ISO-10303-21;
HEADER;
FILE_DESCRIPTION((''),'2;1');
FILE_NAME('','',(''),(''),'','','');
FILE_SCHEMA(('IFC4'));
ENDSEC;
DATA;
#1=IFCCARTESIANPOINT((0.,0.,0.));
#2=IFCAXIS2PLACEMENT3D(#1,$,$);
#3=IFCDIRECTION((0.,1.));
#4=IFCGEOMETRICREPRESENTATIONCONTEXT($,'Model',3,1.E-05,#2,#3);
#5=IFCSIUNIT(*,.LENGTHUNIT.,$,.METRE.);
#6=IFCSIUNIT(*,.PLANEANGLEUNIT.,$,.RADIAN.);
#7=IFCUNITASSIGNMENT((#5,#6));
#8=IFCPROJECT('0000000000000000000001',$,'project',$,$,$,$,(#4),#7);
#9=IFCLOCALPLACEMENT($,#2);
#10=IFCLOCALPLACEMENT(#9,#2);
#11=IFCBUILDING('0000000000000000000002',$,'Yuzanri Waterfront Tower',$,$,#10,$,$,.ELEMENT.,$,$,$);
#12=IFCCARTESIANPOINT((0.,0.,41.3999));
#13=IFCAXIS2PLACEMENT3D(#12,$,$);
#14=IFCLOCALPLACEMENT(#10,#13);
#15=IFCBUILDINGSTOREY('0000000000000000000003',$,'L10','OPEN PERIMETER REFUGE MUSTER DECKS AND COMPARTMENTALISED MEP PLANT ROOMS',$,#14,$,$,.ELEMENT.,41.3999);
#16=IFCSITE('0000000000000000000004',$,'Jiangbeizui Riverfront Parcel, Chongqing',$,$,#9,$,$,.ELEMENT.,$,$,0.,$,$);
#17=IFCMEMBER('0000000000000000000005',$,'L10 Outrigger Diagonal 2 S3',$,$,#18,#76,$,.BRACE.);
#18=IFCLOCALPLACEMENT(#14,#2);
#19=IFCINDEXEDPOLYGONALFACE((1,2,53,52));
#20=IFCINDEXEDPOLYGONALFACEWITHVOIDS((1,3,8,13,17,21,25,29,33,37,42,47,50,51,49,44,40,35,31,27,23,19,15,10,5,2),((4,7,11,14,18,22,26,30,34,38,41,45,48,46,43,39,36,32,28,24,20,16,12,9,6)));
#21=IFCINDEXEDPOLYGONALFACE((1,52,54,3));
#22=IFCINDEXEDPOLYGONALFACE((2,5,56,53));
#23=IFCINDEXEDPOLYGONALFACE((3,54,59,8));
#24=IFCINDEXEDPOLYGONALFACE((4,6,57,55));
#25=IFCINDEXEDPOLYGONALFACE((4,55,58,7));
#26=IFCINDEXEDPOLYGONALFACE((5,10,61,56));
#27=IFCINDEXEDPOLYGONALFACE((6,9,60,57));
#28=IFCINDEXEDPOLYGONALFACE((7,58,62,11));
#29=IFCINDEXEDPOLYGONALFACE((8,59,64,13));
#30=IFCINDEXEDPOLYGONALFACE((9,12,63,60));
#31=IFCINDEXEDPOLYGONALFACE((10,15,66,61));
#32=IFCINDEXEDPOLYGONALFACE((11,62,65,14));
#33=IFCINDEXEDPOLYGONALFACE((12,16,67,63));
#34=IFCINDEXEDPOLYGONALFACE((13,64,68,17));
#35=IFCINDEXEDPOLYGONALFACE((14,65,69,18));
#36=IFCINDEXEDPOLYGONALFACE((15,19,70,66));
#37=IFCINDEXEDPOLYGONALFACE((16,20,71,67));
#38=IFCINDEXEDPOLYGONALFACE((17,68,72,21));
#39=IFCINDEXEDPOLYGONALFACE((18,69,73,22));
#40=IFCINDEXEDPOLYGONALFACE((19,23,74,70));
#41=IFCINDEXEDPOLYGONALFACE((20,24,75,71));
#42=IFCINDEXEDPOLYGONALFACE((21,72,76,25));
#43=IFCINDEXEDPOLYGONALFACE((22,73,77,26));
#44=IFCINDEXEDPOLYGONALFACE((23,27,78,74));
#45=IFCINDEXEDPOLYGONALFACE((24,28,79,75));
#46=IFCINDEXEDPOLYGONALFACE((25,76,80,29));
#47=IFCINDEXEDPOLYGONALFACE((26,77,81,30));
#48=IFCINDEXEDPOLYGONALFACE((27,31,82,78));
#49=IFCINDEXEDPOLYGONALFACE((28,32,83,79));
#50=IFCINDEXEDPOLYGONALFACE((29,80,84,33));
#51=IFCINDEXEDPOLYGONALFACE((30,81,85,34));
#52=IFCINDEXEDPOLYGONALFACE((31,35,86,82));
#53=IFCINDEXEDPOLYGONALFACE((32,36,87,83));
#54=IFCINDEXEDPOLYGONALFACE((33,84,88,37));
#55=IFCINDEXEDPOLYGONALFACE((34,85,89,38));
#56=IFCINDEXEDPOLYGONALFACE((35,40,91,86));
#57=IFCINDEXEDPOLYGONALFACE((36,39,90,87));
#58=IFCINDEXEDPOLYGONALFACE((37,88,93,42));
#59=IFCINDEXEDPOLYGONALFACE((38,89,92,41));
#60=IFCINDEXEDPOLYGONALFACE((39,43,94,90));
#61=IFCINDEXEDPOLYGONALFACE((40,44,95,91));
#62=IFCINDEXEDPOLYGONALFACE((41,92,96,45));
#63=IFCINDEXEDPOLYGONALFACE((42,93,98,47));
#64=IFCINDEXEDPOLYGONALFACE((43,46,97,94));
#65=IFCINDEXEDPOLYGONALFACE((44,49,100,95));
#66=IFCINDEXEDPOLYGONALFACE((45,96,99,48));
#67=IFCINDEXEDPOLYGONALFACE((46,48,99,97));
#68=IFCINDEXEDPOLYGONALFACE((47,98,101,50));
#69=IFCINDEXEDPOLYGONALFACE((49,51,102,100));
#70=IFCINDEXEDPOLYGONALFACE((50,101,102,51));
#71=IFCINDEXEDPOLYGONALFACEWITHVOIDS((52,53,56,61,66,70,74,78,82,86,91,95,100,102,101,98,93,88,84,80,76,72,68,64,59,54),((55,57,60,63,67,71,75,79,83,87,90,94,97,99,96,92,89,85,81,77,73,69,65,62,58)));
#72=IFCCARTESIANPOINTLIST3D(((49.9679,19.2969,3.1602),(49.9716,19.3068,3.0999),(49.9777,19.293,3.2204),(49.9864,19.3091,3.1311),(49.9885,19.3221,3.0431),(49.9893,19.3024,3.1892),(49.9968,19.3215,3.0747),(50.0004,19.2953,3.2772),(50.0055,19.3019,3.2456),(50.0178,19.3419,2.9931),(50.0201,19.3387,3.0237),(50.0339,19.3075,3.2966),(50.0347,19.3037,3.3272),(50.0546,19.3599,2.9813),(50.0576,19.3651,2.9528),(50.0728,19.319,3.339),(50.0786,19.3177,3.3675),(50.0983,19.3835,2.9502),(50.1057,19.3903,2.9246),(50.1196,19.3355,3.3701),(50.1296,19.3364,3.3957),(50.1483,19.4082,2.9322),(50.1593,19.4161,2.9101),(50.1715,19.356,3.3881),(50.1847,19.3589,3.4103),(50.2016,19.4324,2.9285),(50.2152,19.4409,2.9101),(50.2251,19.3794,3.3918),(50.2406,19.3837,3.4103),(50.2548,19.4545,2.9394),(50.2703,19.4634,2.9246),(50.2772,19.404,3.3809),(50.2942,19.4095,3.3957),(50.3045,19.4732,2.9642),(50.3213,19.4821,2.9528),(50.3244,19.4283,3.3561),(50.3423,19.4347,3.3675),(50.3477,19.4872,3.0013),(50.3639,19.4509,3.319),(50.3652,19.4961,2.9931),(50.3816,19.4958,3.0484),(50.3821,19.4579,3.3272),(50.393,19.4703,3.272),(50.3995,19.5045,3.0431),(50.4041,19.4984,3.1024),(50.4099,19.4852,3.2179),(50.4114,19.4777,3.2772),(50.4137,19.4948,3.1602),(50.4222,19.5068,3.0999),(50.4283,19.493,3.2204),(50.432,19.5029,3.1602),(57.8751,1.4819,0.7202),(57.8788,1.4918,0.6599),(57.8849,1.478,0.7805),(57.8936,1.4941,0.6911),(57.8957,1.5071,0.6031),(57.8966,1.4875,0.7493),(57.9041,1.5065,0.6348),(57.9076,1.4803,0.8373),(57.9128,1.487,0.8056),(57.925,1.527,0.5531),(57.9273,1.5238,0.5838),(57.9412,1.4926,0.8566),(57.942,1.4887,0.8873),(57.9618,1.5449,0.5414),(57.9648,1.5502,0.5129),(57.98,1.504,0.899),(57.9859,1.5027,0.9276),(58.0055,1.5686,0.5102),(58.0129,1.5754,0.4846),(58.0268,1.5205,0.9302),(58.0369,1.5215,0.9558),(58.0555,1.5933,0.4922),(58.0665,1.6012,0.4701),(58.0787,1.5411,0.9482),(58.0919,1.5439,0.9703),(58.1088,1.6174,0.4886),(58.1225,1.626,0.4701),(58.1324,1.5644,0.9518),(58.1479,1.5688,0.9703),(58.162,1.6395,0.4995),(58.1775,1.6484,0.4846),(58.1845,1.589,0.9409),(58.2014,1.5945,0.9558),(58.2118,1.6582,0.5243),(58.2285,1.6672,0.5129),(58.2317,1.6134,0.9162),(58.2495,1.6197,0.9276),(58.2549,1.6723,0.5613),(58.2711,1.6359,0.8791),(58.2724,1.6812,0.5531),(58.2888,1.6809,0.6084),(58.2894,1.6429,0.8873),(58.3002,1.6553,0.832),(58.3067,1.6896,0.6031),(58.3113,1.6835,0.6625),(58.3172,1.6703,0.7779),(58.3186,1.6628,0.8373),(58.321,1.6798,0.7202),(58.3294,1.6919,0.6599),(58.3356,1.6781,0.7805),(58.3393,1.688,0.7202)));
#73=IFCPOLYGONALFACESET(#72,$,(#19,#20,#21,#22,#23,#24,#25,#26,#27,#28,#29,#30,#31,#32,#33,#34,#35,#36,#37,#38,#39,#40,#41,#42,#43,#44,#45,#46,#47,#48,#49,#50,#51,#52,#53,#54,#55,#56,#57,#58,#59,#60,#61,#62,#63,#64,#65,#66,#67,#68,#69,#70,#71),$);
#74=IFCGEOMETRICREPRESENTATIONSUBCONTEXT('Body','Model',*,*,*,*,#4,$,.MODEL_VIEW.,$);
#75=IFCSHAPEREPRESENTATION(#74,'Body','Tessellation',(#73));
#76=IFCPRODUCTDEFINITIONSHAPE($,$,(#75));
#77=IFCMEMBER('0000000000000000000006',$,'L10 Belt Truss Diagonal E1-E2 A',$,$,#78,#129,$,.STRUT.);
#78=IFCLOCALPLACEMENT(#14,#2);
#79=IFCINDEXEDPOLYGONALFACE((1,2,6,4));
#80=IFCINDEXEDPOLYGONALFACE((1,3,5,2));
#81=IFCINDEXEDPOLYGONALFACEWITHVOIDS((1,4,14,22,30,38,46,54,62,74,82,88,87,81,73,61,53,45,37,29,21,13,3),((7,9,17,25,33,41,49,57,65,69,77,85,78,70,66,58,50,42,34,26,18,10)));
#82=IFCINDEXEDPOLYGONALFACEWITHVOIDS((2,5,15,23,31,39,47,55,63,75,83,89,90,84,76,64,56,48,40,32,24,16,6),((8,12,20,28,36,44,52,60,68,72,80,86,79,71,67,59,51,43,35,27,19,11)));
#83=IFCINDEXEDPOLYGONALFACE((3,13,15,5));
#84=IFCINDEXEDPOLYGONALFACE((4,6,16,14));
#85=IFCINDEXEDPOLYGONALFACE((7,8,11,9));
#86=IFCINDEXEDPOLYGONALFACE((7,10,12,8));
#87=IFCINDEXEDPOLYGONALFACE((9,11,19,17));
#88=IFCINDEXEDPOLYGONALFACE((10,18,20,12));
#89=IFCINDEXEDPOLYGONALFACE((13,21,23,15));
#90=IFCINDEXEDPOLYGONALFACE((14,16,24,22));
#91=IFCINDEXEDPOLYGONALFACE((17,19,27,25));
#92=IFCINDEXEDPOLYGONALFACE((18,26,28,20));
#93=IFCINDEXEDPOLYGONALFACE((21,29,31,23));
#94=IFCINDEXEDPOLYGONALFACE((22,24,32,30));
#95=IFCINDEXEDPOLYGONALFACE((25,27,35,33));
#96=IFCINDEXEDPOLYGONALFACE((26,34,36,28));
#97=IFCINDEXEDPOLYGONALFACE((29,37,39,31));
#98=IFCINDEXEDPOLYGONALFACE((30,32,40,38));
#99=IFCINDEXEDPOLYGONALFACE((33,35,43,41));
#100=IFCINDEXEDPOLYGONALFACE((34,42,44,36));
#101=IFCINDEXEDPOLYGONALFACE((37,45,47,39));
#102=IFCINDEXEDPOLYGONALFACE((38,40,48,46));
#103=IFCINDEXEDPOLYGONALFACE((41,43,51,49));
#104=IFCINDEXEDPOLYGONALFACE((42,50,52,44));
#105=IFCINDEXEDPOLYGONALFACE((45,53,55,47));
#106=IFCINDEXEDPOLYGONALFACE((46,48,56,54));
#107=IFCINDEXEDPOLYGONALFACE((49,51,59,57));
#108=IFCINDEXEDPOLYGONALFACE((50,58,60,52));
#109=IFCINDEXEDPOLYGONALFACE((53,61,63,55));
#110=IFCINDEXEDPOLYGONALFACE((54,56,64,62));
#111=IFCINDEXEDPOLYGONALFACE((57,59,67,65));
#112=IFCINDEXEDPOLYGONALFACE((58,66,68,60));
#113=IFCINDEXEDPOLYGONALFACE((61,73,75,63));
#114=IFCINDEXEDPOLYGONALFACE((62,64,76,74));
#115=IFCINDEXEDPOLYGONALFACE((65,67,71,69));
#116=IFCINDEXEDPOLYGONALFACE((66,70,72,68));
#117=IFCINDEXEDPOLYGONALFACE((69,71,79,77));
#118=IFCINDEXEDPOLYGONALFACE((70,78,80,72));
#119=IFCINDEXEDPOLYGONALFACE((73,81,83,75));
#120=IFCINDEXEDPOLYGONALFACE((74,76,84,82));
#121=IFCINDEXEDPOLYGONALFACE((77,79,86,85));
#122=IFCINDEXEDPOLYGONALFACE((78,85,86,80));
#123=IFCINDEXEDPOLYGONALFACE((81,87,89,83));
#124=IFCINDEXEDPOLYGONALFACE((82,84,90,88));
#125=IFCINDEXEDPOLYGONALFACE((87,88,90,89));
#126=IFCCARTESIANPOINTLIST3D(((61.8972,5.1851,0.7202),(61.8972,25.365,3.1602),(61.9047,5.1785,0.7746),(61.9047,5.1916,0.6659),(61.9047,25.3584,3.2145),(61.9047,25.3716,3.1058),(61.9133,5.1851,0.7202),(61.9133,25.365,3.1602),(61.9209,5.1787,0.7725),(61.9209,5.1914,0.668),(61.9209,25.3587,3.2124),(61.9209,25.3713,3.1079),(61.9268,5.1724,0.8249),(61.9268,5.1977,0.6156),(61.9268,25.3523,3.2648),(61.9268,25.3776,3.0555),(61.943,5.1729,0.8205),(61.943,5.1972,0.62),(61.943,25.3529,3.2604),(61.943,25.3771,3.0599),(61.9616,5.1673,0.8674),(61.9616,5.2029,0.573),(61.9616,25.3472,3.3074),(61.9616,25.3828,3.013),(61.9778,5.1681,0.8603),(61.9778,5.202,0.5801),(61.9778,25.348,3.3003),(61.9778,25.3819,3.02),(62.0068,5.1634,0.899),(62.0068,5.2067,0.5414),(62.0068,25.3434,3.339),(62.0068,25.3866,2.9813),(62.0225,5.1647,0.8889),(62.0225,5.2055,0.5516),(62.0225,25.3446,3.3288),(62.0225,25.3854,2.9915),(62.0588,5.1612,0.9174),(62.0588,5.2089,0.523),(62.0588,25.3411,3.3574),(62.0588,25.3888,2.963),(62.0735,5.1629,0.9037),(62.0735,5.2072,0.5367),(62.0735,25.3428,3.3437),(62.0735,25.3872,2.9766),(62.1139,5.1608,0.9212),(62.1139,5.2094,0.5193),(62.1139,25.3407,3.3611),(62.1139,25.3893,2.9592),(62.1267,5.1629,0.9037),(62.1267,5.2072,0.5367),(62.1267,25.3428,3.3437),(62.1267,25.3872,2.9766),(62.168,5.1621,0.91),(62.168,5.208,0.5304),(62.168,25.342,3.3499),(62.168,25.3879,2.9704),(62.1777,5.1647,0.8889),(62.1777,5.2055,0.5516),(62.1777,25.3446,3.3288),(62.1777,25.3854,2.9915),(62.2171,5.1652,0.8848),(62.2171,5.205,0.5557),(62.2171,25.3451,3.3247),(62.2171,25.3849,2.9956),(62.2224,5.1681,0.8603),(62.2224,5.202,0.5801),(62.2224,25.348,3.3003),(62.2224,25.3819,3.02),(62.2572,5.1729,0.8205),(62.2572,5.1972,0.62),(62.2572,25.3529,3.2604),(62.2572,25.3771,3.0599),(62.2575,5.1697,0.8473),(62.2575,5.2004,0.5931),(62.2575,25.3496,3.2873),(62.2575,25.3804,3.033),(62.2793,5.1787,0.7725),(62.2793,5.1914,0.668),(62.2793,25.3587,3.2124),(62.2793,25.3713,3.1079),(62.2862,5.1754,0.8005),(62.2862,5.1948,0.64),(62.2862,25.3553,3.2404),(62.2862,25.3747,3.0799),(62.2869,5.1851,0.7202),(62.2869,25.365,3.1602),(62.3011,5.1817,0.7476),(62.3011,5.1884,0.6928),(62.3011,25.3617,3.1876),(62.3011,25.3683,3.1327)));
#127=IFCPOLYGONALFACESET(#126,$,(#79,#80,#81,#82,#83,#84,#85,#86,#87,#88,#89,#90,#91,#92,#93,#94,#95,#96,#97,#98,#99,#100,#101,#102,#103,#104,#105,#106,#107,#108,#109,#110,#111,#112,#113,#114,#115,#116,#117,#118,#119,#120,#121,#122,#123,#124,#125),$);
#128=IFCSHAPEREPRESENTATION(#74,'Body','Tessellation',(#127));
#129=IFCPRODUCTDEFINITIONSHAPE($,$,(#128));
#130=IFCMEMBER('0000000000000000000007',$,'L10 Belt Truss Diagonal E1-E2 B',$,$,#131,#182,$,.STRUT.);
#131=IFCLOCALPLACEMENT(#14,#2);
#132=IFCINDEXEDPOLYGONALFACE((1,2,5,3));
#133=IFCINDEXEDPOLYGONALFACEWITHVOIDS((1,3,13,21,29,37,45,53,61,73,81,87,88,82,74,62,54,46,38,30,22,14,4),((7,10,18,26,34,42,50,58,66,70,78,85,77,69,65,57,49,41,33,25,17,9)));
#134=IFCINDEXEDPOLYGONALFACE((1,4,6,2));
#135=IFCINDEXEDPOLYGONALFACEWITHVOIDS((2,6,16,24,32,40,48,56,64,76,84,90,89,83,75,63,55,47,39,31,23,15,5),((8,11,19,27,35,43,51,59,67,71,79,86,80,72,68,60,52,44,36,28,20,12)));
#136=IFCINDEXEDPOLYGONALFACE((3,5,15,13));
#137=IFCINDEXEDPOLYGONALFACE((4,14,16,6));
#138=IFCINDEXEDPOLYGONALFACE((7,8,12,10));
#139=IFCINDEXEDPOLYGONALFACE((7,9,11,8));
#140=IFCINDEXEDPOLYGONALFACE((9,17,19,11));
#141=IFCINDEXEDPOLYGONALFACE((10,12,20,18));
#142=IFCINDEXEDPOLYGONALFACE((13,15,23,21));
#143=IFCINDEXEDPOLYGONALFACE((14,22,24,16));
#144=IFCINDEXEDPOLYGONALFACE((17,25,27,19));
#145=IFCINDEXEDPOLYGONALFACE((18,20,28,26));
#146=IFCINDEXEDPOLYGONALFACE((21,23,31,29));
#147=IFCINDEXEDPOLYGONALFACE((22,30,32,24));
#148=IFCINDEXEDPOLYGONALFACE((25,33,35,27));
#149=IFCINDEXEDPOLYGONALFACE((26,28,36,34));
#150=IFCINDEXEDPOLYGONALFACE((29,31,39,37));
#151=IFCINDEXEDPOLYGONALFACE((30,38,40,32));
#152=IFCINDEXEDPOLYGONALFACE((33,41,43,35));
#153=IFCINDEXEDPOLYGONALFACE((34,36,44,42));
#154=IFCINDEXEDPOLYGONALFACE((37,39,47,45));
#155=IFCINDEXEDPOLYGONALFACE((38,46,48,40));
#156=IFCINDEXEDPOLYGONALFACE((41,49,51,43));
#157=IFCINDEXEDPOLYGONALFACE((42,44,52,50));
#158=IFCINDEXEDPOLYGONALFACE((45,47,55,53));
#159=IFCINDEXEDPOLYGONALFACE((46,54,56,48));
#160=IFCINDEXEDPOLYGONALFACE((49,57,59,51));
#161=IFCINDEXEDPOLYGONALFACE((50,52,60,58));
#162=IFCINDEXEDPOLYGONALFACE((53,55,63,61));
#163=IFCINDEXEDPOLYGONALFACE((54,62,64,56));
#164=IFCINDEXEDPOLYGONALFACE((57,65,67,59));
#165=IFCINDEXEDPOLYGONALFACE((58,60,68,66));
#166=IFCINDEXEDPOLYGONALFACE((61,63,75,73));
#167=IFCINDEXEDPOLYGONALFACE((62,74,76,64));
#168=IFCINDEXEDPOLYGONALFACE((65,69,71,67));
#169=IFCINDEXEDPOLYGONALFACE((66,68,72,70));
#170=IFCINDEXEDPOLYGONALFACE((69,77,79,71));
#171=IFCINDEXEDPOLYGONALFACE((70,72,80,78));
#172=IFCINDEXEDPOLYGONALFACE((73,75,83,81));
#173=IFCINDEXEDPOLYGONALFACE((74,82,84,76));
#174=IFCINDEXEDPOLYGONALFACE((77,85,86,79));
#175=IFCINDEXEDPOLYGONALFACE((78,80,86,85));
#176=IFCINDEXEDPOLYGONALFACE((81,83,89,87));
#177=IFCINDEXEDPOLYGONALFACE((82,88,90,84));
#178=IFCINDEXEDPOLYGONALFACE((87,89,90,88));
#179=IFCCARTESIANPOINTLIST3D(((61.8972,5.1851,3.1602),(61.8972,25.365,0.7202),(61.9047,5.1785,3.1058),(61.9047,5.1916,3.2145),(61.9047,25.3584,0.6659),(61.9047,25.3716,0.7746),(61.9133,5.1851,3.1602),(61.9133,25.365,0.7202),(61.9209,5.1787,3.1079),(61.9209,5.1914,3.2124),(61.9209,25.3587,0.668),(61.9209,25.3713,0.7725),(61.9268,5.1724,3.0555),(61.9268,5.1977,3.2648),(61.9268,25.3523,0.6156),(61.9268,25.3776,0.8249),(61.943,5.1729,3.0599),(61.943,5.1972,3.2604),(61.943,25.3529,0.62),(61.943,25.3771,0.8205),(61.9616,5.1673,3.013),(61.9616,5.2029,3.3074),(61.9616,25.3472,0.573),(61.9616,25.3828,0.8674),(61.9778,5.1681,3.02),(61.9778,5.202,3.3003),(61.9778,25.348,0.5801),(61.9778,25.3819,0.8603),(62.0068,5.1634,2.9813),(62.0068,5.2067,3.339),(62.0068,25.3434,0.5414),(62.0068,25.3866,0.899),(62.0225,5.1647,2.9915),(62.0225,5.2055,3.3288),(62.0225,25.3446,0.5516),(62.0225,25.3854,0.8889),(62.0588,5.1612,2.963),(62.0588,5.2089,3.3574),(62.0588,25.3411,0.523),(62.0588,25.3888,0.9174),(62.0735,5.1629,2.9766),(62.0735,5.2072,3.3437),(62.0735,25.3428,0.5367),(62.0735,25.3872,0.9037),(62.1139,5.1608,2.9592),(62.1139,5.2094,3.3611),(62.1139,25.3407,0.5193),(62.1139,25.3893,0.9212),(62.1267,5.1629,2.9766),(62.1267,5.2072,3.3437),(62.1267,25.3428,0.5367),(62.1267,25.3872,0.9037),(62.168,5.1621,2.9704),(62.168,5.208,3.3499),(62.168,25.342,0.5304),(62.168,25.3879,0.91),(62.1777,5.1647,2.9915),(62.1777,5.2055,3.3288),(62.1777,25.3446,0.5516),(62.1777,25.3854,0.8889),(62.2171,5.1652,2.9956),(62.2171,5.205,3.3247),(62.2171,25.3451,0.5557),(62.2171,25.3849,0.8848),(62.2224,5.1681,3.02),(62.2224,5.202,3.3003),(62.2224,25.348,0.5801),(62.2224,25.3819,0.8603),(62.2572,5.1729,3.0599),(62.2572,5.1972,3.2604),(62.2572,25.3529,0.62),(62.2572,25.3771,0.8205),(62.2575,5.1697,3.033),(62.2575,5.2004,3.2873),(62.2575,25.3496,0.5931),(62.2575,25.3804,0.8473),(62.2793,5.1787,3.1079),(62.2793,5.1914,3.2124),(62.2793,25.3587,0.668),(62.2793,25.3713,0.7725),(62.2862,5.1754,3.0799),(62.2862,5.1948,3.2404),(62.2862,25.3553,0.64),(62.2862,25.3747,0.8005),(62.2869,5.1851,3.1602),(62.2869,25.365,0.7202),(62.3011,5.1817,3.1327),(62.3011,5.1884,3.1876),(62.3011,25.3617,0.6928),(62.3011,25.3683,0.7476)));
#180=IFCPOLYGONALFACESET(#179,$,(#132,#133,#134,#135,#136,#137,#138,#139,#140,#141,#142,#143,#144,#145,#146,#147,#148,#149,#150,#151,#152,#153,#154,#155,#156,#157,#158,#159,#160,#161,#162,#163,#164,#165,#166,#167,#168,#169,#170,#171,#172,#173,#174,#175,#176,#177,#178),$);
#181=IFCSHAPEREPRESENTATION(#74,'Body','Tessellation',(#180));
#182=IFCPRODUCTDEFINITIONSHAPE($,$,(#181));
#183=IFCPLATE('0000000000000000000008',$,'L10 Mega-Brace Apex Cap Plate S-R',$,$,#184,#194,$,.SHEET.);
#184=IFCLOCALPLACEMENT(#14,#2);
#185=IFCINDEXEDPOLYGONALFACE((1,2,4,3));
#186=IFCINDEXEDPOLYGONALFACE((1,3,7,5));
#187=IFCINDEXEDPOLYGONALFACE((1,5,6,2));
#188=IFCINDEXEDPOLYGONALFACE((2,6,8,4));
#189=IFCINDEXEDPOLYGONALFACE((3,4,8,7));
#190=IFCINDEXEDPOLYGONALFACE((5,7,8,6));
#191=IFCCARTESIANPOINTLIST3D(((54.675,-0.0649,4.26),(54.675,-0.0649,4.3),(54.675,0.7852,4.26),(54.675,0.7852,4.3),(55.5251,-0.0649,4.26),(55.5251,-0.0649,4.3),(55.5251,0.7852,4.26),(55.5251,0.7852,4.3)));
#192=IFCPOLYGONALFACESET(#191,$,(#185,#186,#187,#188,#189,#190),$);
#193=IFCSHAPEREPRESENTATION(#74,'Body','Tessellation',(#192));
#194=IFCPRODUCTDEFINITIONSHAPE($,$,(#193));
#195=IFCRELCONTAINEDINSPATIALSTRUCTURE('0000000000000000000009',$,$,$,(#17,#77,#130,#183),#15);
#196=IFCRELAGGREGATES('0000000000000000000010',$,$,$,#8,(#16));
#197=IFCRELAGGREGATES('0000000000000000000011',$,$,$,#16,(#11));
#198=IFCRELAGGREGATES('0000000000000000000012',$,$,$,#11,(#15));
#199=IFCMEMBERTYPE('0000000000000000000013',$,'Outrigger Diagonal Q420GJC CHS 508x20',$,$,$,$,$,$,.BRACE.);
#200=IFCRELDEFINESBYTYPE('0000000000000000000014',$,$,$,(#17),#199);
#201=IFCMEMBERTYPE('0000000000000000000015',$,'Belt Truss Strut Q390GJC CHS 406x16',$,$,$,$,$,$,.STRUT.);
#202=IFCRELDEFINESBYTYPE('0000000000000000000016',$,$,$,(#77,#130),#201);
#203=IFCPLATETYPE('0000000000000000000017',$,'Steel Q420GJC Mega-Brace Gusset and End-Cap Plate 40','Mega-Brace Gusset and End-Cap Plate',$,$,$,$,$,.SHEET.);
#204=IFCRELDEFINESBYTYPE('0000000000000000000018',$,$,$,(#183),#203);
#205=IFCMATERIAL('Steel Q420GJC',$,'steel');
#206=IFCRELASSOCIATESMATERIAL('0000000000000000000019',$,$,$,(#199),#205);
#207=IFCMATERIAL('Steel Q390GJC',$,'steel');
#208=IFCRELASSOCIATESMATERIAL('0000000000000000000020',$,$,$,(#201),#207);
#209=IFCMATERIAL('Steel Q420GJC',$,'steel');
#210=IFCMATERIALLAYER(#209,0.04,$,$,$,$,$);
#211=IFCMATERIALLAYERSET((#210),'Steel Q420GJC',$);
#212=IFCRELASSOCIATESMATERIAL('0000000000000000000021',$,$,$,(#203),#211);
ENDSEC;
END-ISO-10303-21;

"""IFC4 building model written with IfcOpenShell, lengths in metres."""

from ifc_helpers import new_model, si_unit, direction, frame, origin, origin_2d, place, context, subcontext, project, spatial, rectangle, hollow_circle, extrude, source, transform, mapped, material, layer, layer_set, material_profile, profile_set, type_object, element, save


model = new_model("IFC4")

# Units and contexts
model_context = context("Model", 3, precision=1e-05, world=origin(), true_north=direction((0.0, 1.0)))
body_context = subcontext(model_context, "Body", "Model", "MODEL_VIEW")
ifc_project = project(units=[si_unit("LENGTHUNIT", "METRE"), si_unit("PLANEANGLEUNIT", "RADIAN")], contexts=[model_context])

# Site, building, storey
site_placement = place(None, origin())
site = spatial("IfcSite", under=ifc_project, at=site_placement, Name="Jiangbeizui Riverfront Parcel, Chongqing", CompositionType="ELEMENT", RefElevation=0.0)
building_placement = place(site_placement, origin())
building = spatial("IfcBuilding", under=site, at=building_placement, Name="Yuzanri Waterfront Tower", CompositionType="ELEMENT")
storey_placement = place(building_placement, frame((0.0, 0.0, 41.3999)))
storey = spatial("IfcBuildingStorey", under=building, at=storey_placement, Name="L10", Description="OPEN PERIMETER REFUGE MUSTER DECKS AND COMPARTMENTALISED MEP PLANT ROOMS", CompositionType="ELEMENT", Elevation=41.3999)

# Members
ifc_material_1 = material(Name="Steel Q420GJC", Category="steel")
ifc_material_profile_1 = material_profile(ifc_material_1, hollow_circle(Radius=0.2539, WallThickness=0.02, at=origin_2d()), Name="CHS 508x20")
ifc_profile_set_1 = profile_set([ifc_material_profile_1], Name="Steel Q420GJC")
member_type_1 = type_object("IfcMemberType", Name="Outrigger Diagonal Q420GJC CHS 508x20", PredefinedType="BRACE", material=ifc_profile_set_1)
shared_shape_1 = source(origin(), body_context, "Body", "SweptSolid", [
    extrude(hollow_circle(Radius=0.2539, WallThickness=0.02, at=origin_2d()), origin(), (0.0, 0.0, 1.0), 19.6431),
])
for number, where, z_axis, x_axis, name in (
    (1, (50.2, 19.3999, 3.1602), (0.402546, -0.906933, -0.124214), (0.914012, 0.405687, 0.0), "L10 Outrigger Diagonal 2 S3"),
):
    element("IfcMember", number, at=place(storey_placement, frame(where, z_axis=z_axis, x_axis=x_axis)), inside=storey, type_object=member_type_1, Name=name, PredefinedType="BRACE", context=body_context, shape_type="MappedRepresentation", body=[
        mapped(shared_shape_1, transform((0.0, 0.0, 0.0), scale=1.0)),
    ])
ifc_material_2 = material(Name="Steel Q390GJC", Category="steel")
ifc_material_profile_2 = material_profile(ifc_material_2, hollow_circle(Radius=0.2029, WallThickness=0.0161, at=origin_2d()), Name="CHS 406x16")
ifc_profile_set_2 = profile_set([ifc_material_profile_2], Name="Steel Q390GJC")
member_type_2 = type_object("IfcMemberType", Name="Belt Truss Strut Q390GJC CHS 406x16", PredefinedType="STRUT", material=ifc_profile_set_2)
shared_shape_2 = source(origin(), body_context, "Body", "SweptSolid", [
    extrude(hollow_circle(Radius=0.2029, WallThickness=0.0161, at=origin_2d()), origin(), (0.0, 0.0, 1.0), 20.3269),
])
for number, where, z_axis, x_axis, name in (
    (2, (62.1001, 5.1851, 0.7202), (0.0, 0.99277, 0.120035), (-1.0, 0.0, 0.0), "L10 Belt Truss Diagonal E1-E2 A"),
    (3, (62.1001, 5.1851, 3.1602), (0.0, 0.99277, -0.120035), (-1.0, 0.0, 0.0), "L10 Belt Truss Diagonal E1-E2 B"),
):
    element("IfcMember", number, at=place(storey_placement, frame(where, z_axis=z_axis, x_axis=x_axis)), inside=storey, type_object=member_type_2, Name=name, PredefinedType="STRUT", context=body_context, shape_type="MappedRepresentation", body=[
        mapped(shared_shape_2, transform((0.0, 0.0, 0.0), scale=1.0)),
    ])

# Plate
ifc_material_3 = material(Name="Steel Q420GJC", Category="steel")
ifc_layer_1 = layer(ifc_material_3, 0.04)
ifc_layer_set_1 = layer_set([ifc_layer_1], Name="Steel Q420GJC")
plate_type_1 = type_object("IfcPlateType", Name="Steel Q420GJC Mega-Brace Gusset and End-Cap Plate 40", Description="Mega-Brace Gusset and End-Cap Plate", PredefinedType="SHEET", material=ifc_layer_set_1)
shared_shape_3 = source(origin(), body_context, "Body", "SweptSolid", [
    extrude(rectangle(XDim=0.8501, YDim=0.8501, at=origin_2d()), origin(), (0.0, 0.0, 1.0), 0.04),
])
for number, where, z_axis, x_axis, name in (
    (4, (55.1001, 0.3601, 4.26), (0.0, 0.0, 1.0), (1.0, 0.0, 0.0), "L10 Mega-Brace Apex Cap Plate S-R"),
):
    element("IfcPlate", number, at=place(storey_placement, frame(where, z_axis=z_axis, x_axis=x_axis)), inside=storey, type_object=plate_type_1, Name=name, PredefinedType="SHEET", context=body_context, shape_type="MappedRepresentation", body=[
        mapped(shared_shape_3, transform((0.0, 0.0, 0.0), scale=1.0)),
    ])

save(model, "model.ifc")
